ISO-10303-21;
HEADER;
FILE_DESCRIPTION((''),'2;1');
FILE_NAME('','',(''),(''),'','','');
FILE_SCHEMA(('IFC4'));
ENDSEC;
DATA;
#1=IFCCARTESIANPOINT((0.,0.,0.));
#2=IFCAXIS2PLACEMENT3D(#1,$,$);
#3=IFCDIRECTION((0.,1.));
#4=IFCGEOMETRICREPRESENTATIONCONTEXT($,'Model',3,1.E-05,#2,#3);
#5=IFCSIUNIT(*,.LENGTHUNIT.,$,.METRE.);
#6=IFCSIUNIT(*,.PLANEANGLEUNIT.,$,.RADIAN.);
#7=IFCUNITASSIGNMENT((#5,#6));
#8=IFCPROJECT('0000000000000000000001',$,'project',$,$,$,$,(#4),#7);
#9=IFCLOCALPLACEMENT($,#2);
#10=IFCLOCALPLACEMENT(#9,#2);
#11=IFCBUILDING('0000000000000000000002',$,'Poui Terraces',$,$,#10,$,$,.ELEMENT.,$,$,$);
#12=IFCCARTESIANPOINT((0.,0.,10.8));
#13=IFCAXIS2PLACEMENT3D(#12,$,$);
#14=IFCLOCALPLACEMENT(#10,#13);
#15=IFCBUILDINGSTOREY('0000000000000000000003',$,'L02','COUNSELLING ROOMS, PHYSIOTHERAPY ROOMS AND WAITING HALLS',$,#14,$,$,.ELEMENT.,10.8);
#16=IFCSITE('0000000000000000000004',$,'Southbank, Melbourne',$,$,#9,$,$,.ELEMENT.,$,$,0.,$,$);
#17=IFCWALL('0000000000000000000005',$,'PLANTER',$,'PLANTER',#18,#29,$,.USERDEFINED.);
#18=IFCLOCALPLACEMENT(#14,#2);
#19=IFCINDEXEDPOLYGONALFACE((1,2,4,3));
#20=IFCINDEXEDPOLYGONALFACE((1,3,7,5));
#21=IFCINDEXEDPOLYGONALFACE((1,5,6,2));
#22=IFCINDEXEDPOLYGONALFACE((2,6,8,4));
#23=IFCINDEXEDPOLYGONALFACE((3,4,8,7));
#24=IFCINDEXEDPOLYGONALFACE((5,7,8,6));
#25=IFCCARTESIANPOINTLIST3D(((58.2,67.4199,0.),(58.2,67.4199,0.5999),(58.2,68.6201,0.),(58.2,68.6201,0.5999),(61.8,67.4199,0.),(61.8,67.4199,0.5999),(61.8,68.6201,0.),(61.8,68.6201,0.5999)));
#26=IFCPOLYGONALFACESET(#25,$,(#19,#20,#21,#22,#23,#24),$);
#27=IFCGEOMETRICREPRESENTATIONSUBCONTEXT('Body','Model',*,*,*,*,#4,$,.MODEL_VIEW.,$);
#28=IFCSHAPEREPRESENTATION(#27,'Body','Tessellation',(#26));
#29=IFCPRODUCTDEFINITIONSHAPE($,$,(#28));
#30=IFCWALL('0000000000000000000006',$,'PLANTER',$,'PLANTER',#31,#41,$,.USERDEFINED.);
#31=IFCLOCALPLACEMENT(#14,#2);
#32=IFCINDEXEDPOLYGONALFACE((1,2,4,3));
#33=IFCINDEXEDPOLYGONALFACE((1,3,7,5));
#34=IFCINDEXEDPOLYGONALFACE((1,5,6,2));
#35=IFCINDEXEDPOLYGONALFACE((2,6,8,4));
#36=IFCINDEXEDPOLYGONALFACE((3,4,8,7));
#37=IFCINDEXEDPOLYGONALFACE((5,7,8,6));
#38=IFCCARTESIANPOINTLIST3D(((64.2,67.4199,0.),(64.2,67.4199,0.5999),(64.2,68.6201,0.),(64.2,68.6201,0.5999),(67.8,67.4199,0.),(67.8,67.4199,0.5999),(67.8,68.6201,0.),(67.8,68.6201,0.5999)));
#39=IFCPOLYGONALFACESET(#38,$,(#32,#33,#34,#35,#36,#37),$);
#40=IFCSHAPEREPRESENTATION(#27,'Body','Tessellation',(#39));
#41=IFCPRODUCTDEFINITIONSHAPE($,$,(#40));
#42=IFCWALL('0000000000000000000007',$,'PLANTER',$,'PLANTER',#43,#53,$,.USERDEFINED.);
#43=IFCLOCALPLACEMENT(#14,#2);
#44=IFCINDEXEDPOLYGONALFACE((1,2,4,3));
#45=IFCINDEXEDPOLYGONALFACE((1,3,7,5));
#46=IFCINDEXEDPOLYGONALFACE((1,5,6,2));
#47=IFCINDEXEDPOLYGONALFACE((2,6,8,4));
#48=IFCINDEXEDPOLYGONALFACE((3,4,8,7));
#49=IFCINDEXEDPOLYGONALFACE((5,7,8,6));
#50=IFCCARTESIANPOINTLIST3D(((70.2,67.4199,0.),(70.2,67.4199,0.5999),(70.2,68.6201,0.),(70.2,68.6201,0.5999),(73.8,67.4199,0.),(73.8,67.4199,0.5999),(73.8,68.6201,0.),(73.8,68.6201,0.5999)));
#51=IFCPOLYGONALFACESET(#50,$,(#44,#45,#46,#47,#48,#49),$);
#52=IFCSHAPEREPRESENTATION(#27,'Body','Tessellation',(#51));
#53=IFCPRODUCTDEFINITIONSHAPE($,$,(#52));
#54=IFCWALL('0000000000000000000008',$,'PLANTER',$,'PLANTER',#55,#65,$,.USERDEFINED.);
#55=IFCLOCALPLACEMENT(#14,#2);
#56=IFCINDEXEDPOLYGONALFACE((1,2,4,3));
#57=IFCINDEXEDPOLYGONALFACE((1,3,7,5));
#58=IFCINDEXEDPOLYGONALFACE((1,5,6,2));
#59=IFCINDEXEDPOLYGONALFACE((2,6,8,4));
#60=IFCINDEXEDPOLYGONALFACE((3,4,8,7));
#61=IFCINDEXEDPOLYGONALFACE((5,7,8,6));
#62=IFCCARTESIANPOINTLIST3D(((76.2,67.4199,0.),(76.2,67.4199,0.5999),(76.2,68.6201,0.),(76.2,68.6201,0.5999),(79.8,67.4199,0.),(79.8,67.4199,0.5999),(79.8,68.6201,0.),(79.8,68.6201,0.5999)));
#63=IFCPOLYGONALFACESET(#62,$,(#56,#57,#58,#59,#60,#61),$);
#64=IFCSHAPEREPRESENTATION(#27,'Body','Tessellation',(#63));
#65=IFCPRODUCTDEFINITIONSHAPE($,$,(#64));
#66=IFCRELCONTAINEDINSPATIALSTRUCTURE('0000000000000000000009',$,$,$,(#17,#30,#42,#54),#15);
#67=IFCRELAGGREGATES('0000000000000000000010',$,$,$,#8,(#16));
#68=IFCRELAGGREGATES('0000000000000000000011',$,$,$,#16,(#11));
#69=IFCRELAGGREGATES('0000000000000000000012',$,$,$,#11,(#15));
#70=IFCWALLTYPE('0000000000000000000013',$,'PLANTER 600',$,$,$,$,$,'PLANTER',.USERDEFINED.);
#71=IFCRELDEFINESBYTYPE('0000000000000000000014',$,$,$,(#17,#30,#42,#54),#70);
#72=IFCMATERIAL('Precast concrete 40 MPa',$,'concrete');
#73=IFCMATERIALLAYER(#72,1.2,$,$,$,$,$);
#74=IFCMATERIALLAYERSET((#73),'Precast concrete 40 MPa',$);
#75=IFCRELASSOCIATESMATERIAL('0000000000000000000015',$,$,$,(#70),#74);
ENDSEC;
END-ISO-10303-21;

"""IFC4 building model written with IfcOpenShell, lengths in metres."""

from ifc_helpers import new_model, si_unit, direction, frame, origin, place, context, subcontext, project, spatial, polyline, outline, extrude, source, transform, mapped, material, layer, layer_set, type_object, element, save


model = new_model("IFC4")

# Units and contexts
model_context = context("Model", 3, precision=1e-05, world=origin(), true_north=direction((0.0, 1.0)))
body_context = subcontext(model_context, "Body", "Model", "MODEL_VIEW")
ifc_project = project(units=[si_unit("LENGTHUNIT", "METRE"), si_unit("PLANEANGLEUNIT", "RADIAN")], contexts=[model_context])

# Site, building, storey
site_placement = place(None, origin())
site = spatial("IfcSite", under=ifc_project, at=site_placement, Name="Southbank, Melbourne", CompositionType="ELEMENT", RefElevation=0.0)
building_placement = place(site_placement, origin())
building = spatial("IfcBuilding", under=site, at=building_placement, Name="Poui Terraces", CompositionType="ELEMENT")
storey_placement = place(building_placement, frame((0.0, 0.0, 10.8)))
storey = spatial("IfcBuildingStorey", under=building, at=storey_placement, Name="L02", Description="COUNSELLING ROOMS, PHYSIOTHERAPY ROOMS AND WAITING HALLS", CompositionType="ELEMENT", Elevation=10.8)

# Walls
ifc_material_1 = material(Name="Precast concrete 40 MPa", Category="concrete")
ifc_layer = layer(ifc_material_1, 1.2)
ifc_layer_set = layer_set([ifc_layer], Name="Precast concrete 40 MPa")
wall_type = type_object("IfcWallType", Name="PLANTER 600", ElementType="PLANTER", PredefinedType="USERDEFINED", material=ifc_layer_set)
shared_shape_1 = source(origin(), body_context, "Body", "SweptSolid", [
    extrude(outline(polyline([(0.0, 0.0), (3.6001, 0.0), (3.6001, 1.2002), (0.0, 1.2002), (0.0, 0.0)])), origin(), (0.0, 0.0, 1.0), 0.5999),
])
for number, where, name in (
    (1, (58.2, 67.4199, 0.0), "PLANTER"),
    (2, (64.2, 67.4199, 0.0), "PLANTER"),
    (3, (70.2, 67.4199, 0.0), "PLANTER"),
    (4, (76.2, 67.4199, 0.0), "PLANTER"),
):
    element("IfcWall", number, at=place(storey_placement, frame(where)), inside=storey, type_object=wall_type, Name=name, ObjectType="PLANTER", PredefinedType="USERDEFINED", context=body_context, shape_type="MappedRepresentation", body=[
        mapped(shared_shape_1, transform((0.0, 0.0, 0.0))),
    ])

save(model, "model.ifc")
